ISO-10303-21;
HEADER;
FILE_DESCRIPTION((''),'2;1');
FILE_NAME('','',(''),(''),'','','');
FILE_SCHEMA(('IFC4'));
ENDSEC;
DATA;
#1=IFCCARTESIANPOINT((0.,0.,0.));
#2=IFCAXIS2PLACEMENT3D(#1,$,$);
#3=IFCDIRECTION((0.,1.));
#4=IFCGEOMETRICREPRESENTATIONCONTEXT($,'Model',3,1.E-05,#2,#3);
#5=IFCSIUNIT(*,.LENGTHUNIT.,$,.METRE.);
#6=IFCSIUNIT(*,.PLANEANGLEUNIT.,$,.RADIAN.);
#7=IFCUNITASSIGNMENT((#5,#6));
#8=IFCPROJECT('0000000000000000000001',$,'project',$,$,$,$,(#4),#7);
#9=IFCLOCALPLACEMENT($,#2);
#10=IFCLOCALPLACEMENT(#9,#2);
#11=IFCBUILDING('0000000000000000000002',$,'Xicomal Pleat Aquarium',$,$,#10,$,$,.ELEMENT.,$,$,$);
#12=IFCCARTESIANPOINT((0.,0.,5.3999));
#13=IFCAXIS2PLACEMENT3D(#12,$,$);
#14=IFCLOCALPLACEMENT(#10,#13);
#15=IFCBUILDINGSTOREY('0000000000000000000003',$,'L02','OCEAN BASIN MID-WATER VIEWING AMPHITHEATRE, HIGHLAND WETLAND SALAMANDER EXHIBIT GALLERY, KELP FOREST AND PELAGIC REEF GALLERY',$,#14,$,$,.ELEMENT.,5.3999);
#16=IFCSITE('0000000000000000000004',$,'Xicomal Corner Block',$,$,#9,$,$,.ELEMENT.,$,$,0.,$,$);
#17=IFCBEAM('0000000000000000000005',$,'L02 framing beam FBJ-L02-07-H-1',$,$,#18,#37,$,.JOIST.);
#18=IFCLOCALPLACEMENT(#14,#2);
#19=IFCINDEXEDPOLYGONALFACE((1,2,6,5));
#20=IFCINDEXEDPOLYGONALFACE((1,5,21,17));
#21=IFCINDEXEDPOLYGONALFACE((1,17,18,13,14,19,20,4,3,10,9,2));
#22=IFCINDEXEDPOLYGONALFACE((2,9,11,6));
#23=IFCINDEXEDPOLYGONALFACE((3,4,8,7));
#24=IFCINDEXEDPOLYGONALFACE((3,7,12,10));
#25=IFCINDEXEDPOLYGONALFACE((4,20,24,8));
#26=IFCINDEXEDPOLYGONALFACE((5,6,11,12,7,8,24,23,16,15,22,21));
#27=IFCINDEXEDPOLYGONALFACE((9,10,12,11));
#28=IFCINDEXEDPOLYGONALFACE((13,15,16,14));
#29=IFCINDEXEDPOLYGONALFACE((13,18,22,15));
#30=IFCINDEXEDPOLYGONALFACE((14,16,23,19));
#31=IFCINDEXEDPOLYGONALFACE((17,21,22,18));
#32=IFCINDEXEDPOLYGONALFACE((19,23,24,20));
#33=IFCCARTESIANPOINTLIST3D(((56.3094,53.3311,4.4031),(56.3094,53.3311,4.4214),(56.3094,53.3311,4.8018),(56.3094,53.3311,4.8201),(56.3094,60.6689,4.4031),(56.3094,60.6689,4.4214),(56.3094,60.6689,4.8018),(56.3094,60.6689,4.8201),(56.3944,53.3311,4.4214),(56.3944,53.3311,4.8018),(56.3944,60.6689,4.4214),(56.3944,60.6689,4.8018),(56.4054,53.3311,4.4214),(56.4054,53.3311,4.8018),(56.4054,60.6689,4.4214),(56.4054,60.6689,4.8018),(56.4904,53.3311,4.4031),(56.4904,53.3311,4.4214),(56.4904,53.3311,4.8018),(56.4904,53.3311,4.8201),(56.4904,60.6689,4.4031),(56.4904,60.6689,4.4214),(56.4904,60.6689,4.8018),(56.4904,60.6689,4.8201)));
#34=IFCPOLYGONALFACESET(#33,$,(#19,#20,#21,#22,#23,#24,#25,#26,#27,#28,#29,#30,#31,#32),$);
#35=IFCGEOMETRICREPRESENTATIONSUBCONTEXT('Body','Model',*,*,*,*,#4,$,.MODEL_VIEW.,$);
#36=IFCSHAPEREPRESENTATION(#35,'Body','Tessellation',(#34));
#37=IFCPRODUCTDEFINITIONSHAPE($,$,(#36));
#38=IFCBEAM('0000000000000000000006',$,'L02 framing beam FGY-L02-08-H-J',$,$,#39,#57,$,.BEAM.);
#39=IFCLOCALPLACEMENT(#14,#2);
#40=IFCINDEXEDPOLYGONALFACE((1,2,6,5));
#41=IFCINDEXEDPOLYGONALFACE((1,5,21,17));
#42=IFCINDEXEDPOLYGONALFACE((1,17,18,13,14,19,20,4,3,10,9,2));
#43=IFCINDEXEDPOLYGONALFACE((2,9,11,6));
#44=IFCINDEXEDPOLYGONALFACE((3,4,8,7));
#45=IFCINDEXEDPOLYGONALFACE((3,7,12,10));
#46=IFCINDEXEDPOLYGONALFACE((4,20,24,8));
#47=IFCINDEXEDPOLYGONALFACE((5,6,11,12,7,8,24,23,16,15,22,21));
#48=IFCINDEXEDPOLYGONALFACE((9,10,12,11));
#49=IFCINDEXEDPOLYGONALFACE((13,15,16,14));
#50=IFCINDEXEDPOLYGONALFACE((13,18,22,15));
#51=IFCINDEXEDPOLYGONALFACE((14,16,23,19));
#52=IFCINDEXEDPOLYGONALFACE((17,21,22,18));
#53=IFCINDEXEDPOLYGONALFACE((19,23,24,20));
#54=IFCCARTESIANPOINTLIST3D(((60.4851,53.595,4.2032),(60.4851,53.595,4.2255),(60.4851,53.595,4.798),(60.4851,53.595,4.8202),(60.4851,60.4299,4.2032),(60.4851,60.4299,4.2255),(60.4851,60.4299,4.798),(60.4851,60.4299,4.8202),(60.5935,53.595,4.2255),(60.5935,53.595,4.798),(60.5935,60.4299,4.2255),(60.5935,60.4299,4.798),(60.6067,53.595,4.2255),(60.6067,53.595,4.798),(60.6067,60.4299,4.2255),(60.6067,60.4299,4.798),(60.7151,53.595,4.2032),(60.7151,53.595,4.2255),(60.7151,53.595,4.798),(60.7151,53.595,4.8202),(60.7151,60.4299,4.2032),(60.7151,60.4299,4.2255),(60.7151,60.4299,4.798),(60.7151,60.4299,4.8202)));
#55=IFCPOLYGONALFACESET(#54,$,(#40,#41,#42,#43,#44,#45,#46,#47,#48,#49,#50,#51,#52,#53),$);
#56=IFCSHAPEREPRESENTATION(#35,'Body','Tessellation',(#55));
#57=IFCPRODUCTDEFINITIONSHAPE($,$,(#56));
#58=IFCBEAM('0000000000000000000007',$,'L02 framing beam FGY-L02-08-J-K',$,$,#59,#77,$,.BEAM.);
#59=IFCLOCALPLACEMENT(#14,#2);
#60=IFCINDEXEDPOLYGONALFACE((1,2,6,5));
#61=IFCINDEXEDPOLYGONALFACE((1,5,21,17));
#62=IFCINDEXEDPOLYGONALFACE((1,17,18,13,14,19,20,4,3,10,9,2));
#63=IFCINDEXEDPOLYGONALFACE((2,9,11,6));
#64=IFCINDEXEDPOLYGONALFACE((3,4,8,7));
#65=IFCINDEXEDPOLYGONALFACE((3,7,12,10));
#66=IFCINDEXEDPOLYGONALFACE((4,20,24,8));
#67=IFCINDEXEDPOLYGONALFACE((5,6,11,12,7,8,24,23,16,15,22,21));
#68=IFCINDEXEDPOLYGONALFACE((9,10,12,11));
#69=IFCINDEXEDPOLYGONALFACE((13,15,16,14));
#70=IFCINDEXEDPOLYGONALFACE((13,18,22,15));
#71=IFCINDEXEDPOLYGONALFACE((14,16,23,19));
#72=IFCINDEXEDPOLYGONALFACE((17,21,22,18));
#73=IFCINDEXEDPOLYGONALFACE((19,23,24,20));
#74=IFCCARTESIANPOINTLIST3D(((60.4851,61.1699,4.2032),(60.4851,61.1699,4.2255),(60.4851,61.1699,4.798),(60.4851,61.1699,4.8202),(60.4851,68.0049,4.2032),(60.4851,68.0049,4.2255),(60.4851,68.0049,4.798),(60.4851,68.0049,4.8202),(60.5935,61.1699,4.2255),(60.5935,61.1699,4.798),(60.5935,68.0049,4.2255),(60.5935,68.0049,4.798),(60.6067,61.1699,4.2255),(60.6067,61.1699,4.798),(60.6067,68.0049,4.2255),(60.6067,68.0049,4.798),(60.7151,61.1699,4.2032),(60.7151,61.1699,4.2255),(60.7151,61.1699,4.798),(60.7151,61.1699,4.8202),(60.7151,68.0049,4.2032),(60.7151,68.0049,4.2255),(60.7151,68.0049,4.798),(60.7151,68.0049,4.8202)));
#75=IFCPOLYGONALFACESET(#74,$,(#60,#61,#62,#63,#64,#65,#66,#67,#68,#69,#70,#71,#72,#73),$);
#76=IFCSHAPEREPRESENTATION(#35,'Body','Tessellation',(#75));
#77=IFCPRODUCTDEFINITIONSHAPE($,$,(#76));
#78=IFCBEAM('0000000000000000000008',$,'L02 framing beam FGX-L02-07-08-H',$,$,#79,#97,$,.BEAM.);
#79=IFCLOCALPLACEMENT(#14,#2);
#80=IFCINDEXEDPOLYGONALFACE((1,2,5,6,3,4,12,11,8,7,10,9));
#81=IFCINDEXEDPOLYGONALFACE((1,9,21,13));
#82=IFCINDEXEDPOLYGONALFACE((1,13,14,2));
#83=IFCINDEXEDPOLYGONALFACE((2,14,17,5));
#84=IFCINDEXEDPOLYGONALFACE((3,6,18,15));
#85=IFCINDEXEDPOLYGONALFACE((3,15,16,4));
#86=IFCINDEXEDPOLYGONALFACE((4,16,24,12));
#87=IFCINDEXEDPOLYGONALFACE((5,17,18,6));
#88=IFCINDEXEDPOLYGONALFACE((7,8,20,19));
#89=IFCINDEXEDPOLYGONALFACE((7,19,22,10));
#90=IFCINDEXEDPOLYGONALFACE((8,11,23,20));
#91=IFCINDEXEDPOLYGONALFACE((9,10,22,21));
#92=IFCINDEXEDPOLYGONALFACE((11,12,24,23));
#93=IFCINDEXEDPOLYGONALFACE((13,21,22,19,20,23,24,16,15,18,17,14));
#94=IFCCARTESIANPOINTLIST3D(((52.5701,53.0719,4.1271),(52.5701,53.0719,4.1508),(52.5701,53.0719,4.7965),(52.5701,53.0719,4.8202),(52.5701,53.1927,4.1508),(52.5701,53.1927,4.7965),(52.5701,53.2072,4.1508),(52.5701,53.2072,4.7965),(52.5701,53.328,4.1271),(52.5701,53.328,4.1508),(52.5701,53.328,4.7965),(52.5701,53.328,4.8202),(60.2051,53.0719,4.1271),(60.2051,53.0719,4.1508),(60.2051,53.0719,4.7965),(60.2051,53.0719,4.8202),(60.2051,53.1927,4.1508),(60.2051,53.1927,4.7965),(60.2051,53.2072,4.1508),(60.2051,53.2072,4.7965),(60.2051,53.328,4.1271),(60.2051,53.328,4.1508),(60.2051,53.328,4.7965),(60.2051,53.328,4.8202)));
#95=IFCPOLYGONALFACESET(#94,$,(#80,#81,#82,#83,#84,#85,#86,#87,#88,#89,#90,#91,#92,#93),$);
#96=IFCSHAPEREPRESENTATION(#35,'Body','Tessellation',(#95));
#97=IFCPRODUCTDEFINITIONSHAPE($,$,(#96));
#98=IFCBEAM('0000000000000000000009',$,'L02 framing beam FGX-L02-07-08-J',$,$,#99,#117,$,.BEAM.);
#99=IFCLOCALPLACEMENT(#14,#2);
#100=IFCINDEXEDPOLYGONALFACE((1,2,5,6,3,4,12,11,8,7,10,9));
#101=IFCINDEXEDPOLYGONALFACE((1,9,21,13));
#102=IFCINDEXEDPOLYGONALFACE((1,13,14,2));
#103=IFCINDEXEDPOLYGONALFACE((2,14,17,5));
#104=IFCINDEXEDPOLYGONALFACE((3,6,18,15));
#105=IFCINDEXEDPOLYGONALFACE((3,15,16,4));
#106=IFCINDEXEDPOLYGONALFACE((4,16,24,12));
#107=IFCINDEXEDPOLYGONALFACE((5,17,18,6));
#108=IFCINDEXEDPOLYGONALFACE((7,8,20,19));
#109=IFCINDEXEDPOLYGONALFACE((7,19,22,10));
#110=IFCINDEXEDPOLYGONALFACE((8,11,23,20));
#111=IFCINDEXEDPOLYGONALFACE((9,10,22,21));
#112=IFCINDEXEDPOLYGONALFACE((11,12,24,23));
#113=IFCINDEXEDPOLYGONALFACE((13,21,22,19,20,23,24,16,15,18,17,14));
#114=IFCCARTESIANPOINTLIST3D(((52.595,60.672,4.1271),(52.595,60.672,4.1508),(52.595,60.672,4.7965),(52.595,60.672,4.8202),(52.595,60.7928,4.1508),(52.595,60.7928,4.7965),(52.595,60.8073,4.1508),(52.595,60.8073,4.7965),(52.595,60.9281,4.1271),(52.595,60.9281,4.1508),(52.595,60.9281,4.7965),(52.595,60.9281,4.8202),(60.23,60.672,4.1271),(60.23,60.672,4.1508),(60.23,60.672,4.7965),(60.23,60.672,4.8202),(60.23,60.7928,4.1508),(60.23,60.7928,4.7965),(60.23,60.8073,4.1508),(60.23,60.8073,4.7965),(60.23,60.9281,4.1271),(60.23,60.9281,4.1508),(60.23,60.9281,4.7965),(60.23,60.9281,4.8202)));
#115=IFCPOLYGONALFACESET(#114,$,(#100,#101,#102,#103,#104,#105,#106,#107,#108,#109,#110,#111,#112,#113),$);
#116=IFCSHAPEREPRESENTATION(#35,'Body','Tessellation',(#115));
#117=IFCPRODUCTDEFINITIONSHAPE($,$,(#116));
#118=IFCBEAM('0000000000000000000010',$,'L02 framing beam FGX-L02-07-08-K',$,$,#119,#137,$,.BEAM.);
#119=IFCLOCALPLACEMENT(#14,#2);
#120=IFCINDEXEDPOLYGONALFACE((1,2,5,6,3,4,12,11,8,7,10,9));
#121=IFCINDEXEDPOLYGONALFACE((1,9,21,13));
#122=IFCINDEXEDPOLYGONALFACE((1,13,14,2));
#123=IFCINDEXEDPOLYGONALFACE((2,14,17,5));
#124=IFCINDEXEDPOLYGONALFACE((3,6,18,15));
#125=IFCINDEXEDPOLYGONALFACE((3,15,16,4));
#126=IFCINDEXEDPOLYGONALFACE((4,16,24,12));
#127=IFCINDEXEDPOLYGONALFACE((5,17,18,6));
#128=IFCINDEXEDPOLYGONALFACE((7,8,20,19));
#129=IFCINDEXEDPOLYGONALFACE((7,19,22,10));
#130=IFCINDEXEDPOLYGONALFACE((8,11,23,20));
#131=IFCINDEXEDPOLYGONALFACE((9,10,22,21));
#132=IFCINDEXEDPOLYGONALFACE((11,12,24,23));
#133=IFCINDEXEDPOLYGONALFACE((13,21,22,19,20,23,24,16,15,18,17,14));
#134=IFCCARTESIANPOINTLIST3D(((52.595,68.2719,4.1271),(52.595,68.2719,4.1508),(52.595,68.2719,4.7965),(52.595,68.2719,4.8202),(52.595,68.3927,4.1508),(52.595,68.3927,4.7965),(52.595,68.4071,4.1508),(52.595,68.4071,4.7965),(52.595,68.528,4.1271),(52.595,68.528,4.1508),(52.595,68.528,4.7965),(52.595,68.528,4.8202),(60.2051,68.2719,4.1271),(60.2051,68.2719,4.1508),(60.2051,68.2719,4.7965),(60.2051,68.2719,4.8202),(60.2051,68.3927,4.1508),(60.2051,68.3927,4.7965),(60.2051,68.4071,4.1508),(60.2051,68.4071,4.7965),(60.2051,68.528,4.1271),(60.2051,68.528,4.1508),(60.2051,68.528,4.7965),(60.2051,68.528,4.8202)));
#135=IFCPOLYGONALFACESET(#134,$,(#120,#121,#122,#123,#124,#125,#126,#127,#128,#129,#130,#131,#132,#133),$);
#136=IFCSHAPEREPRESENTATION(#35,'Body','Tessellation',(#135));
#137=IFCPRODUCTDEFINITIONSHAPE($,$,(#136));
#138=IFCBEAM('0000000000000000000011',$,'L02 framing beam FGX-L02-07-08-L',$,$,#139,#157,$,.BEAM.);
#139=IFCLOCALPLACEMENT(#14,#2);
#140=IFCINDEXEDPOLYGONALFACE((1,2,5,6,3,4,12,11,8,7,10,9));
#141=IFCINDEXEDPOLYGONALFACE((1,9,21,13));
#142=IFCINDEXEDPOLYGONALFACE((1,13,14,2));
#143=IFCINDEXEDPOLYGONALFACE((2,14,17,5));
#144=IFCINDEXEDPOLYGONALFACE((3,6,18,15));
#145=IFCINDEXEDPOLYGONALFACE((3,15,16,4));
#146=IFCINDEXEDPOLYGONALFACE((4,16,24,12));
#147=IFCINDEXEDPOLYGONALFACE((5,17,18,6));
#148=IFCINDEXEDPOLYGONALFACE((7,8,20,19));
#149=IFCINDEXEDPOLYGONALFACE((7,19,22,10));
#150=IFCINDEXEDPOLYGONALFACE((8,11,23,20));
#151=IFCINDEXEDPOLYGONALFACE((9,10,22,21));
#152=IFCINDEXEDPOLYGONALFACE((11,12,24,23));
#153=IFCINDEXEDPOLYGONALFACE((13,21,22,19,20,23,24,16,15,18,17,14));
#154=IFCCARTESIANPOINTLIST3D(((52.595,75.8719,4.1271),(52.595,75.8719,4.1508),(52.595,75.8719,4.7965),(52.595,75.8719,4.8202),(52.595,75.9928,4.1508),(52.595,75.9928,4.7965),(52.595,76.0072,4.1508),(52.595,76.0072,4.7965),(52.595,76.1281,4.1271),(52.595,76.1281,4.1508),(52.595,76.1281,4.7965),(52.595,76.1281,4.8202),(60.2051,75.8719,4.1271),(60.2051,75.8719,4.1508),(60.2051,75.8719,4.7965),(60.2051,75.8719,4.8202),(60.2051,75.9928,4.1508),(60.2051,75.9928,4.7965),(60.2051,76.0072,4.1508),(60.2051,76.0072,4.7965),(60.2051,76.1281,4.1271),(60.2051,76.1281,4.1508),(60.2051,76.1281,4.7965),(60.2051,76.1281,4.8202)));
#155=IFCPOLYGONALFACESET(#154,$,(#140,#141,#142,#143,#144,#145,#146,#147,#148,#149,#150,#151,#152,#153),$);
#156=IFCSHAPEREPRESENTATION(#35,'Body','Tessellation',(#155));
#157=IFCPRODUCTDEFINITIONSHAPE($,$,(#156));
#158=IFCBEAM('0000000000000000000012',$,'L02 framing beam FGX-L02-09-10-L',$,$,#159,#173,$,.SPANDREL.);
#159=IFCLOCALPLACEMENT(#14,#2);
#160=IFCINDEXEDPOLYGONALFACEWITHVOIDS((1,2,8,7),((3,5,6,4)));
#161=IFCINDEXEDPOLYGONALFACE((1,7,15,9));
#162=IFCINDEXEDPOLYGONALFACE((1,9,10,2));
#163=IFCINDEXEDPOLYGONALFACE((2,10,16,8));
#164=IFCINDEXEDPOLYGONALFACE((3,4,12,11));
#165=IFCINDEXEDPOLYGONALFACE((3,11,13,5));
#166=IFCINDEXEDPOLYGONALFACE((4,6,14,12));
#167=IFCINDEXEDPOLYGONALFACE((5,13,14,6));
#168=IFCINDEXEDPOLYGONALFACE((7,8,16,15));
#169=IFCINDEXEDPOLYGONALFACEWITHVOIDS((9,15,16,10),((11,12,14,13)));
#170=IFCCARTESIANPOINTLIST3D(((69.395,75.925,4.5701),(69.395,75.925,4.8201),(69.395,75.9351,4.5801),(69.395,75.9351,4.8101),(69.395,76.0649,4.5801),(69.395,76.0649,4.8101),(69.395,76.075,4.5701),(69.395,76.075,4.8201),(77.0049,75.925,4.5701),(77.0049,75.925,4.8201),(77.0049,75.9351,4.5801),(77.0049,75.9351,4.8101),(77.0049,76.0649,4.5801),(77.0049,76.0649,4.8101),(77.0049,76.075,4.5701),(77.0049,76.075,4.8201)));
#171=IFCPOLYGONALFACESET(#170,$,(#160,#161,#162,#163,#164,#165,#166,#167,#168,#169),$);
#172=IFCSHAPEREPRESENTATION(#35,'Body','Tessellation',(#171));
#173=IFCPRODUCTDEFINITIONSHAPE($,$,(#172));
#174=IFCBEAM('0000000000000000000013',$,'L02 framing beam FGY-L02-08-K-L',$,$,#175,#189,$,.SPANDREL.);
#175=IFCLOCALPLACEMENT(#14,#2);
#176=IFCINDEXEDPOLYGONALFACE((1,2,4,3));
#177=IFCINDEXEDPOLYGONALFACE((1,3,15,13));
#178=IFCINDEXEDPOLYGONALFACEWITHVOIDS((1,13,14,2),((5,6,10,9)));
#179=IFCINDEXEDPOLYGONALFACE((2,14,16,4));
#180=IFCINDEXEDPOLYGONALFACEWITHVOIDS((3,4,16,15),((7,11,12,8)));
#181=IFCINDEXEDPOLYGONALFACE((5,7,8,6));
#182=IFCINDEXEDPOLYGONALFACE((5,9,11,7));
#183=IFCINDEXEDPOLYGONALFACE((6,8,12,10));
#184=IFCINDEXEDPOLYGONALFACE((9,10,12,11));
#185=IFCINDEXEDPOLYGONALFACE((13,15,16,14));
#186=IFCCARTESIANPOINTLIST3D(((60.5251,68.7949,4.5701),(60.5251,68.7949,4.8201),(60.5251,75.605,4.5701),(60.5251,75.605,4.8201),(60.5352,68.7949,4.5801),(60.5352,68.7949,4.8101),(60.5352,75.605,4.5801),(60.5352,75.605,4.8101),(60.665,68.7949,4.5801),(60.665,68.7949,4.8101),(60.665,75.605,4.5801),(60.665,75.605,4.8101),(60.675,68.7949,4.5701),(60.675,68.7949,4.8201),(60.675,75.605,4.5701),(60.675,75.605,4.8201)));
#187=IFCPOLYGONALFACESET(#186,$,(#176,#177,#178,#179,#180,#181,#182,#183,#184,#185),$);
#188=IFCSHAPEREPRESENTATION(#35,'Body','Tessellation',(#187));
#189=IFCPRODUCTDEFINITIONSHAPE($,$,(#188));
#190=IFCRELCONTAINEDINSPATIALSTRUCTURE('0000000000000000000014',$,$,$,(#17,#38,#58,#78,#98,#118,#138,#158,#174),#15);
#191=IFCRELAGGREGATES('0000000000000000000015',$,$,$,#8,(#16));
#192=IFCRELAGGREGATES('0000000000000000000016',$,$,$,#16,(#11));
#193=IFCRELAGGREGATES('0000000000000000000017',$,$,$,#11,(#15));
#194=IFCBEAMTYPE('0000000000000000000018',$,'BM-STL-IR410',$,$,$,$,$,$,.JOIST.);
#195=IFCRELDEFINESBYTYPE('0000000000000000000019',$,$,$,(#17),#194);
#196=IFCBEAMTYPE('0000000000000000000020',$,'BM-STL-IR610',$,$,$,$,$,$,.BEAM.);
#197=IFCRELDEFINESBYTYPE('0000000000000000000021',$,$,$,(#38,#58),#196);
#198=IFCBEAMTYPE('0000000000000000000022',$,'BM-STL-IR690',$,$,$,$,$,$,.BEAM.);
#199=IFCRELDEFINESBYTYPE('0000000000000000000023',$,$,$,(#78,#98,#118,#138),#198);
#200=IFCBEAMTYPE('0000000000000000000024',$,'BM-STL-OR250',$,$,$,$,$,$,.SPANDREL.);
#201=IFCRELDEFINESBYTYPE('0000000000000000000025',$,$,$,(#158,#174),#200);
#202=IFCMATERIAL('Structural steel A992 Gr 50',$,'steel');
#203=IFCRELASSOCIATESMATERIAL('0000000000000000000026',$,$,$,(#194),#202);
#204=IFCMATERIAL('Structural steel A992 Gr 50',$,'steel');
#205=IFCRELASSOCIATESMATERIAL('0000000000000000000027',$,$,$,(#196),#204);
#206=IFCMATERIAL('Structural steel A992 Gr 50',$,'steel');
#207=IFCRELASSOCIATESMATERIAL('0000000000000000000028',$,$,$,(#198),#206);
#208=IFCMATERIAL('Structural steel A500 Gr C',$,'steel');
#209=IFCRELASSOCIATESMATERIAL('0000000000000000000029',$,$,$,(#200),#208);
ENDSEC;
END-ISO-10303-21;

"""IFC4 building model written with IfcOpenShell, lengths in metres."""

from ifc_helpers import new_model, si_unit, direction, frame, origin, origin_2d, place, context, subcontext, project, spatial, hollow_rectangle, i_section, extrude, material, material_profile, profile_set, type_object, element, save


model = new_model("IFC4")

# Units and contexts
model_context = context("Model", 3, precision=1e-05, world=origin(), true_north=direction((0.0, 1.0)))
body_context = subcontext(model_context, "Body", "Model", "MODEL_VIEW")
ifc_project = project(units=[si_unit("LENGTHUNIT", "METRE"), si_unit("PLANEANGLEUNIT", "RADIAN")], contexts=[model_context])

# Site, building, storey
site_placement = place(None, origin())
site = spatial("IfcSite", under=ifc_project, at=site_placement, Name="Xicomal Corner Block", CompositionType="ELEMENT", RefElevation=0.0)
building_placement = place(site_placement, origin())
building = spatial("IfcBuilding", under=site, at=building_placement, Name="Xicomal Pleat Aquarium", CompositionType="ELEMENT")
storey_placement = place(building_placement, frame((0.0, 0.0, 5.3999)))
storey = spatial("IfcBuildingStorey", under=building, at=storey_placement, Name="L02", Description="OCEAN BASIN MID-WATER VIEWING AMPHITHEATRE, HIGHLAND WETLAND SALAMANDER EXHIBIT GALLERY, KELP FOREST AND PELAGIC REEF GALLERY", CompositionType="ELEMENT", Elevation=5.3999)

# Beams
ifc_material_1 = material(Name="Structural steel A992 Gr 50", Category="steel")
ifc_material_profile_1 = material_profile(ifc_material_1, i_section(OverallWidth=0.1809, OverallDepth=0.417, WebThickness=0.011, FlangeThickness=0.0183, at=origin_2d()), Name="IR 410x85")
ifc_profile_set_1 = profile_set([ifc_material_profile_1], Name="Structural steel A992 Gr 50")
beam_type_1 = type_object("IfcBeamType", Name="BM-STL-IR410", PredefinedType="JOIST", material=ifc_profile_set_1)
beam_1_placement = place(storey_placement, frame((56.3999, 53.3311, 4.6116), z_axis=(0.0, 1.0, 0.0), x_axis=(-1.0, 0.0, 0.0)))
element("IfcBeam", 1, at=beam_1_placement, inside=storey, type_object=beam_type_1, Name="L02 framing beam FBJ-L02-07-H-1", PredefinedType="JOIST", context=body_context, shape_type="SweptSolid", body=[
    extrude(i_section(OverallWidth=0.1809, OverallDepth=0.417, WebThickness=0.011, FlangeThickness=0.0183, at=origin_2d()), origin(), (0.0, 0.0, 1.0), 7.3379),
])
ifc_material_2 = material(Name="Structural steel A992 Gr 50", Category="steel")
ifc_material_profile_2 = material_profile(ifc_material_2, i_section(OverallWidth=0.23, OverallDepth=0.6169, WebThickness=0.0132, FlangeThickness=0.0222, at=origin_2d()), Name="IR 610x140")
ifc_profile_set_2 = profile_set([ifc_material_profile_2], Name="Structural steel A992 Gr 50")
beam_type_2 = type_object("IfcBeamType", Name="BM-STL-IR610", PredefinedType="BEAM", material=ifc_profile_set_2)
for number, where, z_axis, x_axis, name in (
    (2, (60.6001, 53.595, 4.5117), (0.0, 1.0, 0.0), (-1.0, 0.0, 0.0), "L02 framing beam FGY-L02-08-H-J"),
    (3, (60.6001, 61.1699, 4.5117), (0.0, 1.0, 0.0), (-1.0, 0.0, 0.0), "L02 framing beam FGY-L02-08-J-K"),
):
    element("IfcBeam", number, at=place(storey_placement, frame(where, z_axis=z_axis, x_axis=x_axis)), inside=storey, type_object=beam_type_2, Name=name, PredefinedType="BEAM", context=body_context, shape_type="SweptSolid", body=[
        extrude(i_section(OverallWidth=0.23, OverallDepth=0.6169, WebThickness=0.0132, FlangeThickness=0.0222, at=origin_2d()), origin(), (0.0, 0.0, 1.0), 6.835),
    ])
ifc_material_3 = material(Name="Structural steel A992 Gr 50", Category="steel")
ifc_material_profile_3 = material_profile(ifc_material_3, i_section(OverallWidth=0.2561, OverallDepth=0.6931, WebThickness=0.0144, FlangeThickness=0.0237, at=origin_2d()), Name="IR 690x170")
ifc_profile_set_3 = profile_set([ifc_material_profile_3], Name="Structural steel A992 Gr 50")
beam_type_3 = type_object("IfcBeamType", Name="BM-STL-IR690", PredefinedType="BEAM", material=ifc_profile_set_3)
for number, where, z_axis, x_axis, name in (
    (4, (52.5701, 53.2, 4.4736), (1.0, 0.0, 0.0), (0.0, 1.0, 0.0), "L02 framing beam FGX-L02-07-08-H"),
    (5, (52.595, 60.8, 4.4736), (1.0, 0.0, 0.0), (0.0, 1.0, 0.0), "L02 framing beam FGX-L02-07-08-J"),
):
    element("IfcBeam", number, at=place(storey_placement, frame(where, z_axis=z_axis, x_axis=x_axis)), inside=storey, type_object=beam_type_3, Name=name, PredefinedType="BEAM", context=body_context, shape_type="SweptSolid", body=[
        extrude(i_section(OverallWidth=0.2561, OverallDepth=0.6931, WebThickness=0.0144, FlangeThickness=0.0237, at=origin_2d()), origin(), (0.0, 0.0, 1.0), 7.635),
    ])
for number, where, z_axis, x_axis, name in (
    (6, (52.595, 68.3999, 4.4736), (1.0, 0.0, 0.0), (0.0, 1.0, 0.0), "L02 framing beam FGX-L02-07-08-K"),
    (7, (52.595, 76.0, 4.4736), (1.0, 0.0, 0.0), (0.0, 1.0, 0.0), "L02 framing beam FGX-L02-07-08-L"),
):
    element("IfcBeam", number, at=place(storey_placement, frame(where, z_axis=z_axis, x_axis=x_axis)), inside=storey, type_object=beam_type_3, Name=name, PredefinedType="BEAM", context=body_context, shape_type="SweptSolid", body=[
        extrude(i_section(OverallWidth=0.2561, OverallDepth=0.6931, WebThickness=0.0144, FlangeThickness=0.0237, at=origin_2d()), origin(), (0.0, 0.0, 1.0), 7.6101),
    ])
ifc_material_4 = material(Name="Structural steel A500 Gr C", Category="steel")
ifc_material_profile_4 = material_profile(ifc_material_4, hollow_rectangle(XDim=0.1499, YDim=0.25, WallThickness=0.01, at=origin_2d()), Name="OR 250x150x10")
ifc_profile_set_4 = profile_set([ifc_material_profile_4], Name="Structural steel A500 Gr C")
beam_type_4 = type_object("IfcBeamType", Name="BM-STL-OR250", PredefinedType="SPANDREL", material=ifc_profile_set_4)
beam_2_placement = place(storey_placement, frame((69.395, 76.0, 4.6951), z_axis=(1.0, 0.0, 0.0), x_axis=(0.0, 1.0, 0.0)))
element("IfcBeam", 8, at=beam_2_placement, inside=storey, type_object=beam_type_4, Name="L02 framing beam FGX-L02-09-10-L", PredefinedType="SPANDREL", context=body_context, shape_type="SweptSolid", body=[
    extrude(hollow_rectangle(XDim=0.1499, YDim=0.25, WallThickness=0.01, at=origin_2d()), origin(), (0.0, 0.0, 1.0), 7.6099),
])
beam_3_placement = place(storey_placement, frame((60.6001, 68.7949, 4.6951), z_axis=(0.0, 1.0, 0.0), x_axis=(-1.0, 0.0, 0.0)))
element("IfcBeam", 9, at=beam_3_placement, inside=storey, type_object=beam_type_4, Name="L02 framing beam FGY-L02-08-K-L", PredefinedType="SPANDREL", context=body_context, shape_type="SweptSolid", body=[
    extrude(hollow_rectangle(XDim=0.1499, YDim=0.25, WallThickness=0.01, at=origin_2d()), origin(), (0.0, 0.0, 1.0), 6.8101),
])

save(model, "model.ifc")
